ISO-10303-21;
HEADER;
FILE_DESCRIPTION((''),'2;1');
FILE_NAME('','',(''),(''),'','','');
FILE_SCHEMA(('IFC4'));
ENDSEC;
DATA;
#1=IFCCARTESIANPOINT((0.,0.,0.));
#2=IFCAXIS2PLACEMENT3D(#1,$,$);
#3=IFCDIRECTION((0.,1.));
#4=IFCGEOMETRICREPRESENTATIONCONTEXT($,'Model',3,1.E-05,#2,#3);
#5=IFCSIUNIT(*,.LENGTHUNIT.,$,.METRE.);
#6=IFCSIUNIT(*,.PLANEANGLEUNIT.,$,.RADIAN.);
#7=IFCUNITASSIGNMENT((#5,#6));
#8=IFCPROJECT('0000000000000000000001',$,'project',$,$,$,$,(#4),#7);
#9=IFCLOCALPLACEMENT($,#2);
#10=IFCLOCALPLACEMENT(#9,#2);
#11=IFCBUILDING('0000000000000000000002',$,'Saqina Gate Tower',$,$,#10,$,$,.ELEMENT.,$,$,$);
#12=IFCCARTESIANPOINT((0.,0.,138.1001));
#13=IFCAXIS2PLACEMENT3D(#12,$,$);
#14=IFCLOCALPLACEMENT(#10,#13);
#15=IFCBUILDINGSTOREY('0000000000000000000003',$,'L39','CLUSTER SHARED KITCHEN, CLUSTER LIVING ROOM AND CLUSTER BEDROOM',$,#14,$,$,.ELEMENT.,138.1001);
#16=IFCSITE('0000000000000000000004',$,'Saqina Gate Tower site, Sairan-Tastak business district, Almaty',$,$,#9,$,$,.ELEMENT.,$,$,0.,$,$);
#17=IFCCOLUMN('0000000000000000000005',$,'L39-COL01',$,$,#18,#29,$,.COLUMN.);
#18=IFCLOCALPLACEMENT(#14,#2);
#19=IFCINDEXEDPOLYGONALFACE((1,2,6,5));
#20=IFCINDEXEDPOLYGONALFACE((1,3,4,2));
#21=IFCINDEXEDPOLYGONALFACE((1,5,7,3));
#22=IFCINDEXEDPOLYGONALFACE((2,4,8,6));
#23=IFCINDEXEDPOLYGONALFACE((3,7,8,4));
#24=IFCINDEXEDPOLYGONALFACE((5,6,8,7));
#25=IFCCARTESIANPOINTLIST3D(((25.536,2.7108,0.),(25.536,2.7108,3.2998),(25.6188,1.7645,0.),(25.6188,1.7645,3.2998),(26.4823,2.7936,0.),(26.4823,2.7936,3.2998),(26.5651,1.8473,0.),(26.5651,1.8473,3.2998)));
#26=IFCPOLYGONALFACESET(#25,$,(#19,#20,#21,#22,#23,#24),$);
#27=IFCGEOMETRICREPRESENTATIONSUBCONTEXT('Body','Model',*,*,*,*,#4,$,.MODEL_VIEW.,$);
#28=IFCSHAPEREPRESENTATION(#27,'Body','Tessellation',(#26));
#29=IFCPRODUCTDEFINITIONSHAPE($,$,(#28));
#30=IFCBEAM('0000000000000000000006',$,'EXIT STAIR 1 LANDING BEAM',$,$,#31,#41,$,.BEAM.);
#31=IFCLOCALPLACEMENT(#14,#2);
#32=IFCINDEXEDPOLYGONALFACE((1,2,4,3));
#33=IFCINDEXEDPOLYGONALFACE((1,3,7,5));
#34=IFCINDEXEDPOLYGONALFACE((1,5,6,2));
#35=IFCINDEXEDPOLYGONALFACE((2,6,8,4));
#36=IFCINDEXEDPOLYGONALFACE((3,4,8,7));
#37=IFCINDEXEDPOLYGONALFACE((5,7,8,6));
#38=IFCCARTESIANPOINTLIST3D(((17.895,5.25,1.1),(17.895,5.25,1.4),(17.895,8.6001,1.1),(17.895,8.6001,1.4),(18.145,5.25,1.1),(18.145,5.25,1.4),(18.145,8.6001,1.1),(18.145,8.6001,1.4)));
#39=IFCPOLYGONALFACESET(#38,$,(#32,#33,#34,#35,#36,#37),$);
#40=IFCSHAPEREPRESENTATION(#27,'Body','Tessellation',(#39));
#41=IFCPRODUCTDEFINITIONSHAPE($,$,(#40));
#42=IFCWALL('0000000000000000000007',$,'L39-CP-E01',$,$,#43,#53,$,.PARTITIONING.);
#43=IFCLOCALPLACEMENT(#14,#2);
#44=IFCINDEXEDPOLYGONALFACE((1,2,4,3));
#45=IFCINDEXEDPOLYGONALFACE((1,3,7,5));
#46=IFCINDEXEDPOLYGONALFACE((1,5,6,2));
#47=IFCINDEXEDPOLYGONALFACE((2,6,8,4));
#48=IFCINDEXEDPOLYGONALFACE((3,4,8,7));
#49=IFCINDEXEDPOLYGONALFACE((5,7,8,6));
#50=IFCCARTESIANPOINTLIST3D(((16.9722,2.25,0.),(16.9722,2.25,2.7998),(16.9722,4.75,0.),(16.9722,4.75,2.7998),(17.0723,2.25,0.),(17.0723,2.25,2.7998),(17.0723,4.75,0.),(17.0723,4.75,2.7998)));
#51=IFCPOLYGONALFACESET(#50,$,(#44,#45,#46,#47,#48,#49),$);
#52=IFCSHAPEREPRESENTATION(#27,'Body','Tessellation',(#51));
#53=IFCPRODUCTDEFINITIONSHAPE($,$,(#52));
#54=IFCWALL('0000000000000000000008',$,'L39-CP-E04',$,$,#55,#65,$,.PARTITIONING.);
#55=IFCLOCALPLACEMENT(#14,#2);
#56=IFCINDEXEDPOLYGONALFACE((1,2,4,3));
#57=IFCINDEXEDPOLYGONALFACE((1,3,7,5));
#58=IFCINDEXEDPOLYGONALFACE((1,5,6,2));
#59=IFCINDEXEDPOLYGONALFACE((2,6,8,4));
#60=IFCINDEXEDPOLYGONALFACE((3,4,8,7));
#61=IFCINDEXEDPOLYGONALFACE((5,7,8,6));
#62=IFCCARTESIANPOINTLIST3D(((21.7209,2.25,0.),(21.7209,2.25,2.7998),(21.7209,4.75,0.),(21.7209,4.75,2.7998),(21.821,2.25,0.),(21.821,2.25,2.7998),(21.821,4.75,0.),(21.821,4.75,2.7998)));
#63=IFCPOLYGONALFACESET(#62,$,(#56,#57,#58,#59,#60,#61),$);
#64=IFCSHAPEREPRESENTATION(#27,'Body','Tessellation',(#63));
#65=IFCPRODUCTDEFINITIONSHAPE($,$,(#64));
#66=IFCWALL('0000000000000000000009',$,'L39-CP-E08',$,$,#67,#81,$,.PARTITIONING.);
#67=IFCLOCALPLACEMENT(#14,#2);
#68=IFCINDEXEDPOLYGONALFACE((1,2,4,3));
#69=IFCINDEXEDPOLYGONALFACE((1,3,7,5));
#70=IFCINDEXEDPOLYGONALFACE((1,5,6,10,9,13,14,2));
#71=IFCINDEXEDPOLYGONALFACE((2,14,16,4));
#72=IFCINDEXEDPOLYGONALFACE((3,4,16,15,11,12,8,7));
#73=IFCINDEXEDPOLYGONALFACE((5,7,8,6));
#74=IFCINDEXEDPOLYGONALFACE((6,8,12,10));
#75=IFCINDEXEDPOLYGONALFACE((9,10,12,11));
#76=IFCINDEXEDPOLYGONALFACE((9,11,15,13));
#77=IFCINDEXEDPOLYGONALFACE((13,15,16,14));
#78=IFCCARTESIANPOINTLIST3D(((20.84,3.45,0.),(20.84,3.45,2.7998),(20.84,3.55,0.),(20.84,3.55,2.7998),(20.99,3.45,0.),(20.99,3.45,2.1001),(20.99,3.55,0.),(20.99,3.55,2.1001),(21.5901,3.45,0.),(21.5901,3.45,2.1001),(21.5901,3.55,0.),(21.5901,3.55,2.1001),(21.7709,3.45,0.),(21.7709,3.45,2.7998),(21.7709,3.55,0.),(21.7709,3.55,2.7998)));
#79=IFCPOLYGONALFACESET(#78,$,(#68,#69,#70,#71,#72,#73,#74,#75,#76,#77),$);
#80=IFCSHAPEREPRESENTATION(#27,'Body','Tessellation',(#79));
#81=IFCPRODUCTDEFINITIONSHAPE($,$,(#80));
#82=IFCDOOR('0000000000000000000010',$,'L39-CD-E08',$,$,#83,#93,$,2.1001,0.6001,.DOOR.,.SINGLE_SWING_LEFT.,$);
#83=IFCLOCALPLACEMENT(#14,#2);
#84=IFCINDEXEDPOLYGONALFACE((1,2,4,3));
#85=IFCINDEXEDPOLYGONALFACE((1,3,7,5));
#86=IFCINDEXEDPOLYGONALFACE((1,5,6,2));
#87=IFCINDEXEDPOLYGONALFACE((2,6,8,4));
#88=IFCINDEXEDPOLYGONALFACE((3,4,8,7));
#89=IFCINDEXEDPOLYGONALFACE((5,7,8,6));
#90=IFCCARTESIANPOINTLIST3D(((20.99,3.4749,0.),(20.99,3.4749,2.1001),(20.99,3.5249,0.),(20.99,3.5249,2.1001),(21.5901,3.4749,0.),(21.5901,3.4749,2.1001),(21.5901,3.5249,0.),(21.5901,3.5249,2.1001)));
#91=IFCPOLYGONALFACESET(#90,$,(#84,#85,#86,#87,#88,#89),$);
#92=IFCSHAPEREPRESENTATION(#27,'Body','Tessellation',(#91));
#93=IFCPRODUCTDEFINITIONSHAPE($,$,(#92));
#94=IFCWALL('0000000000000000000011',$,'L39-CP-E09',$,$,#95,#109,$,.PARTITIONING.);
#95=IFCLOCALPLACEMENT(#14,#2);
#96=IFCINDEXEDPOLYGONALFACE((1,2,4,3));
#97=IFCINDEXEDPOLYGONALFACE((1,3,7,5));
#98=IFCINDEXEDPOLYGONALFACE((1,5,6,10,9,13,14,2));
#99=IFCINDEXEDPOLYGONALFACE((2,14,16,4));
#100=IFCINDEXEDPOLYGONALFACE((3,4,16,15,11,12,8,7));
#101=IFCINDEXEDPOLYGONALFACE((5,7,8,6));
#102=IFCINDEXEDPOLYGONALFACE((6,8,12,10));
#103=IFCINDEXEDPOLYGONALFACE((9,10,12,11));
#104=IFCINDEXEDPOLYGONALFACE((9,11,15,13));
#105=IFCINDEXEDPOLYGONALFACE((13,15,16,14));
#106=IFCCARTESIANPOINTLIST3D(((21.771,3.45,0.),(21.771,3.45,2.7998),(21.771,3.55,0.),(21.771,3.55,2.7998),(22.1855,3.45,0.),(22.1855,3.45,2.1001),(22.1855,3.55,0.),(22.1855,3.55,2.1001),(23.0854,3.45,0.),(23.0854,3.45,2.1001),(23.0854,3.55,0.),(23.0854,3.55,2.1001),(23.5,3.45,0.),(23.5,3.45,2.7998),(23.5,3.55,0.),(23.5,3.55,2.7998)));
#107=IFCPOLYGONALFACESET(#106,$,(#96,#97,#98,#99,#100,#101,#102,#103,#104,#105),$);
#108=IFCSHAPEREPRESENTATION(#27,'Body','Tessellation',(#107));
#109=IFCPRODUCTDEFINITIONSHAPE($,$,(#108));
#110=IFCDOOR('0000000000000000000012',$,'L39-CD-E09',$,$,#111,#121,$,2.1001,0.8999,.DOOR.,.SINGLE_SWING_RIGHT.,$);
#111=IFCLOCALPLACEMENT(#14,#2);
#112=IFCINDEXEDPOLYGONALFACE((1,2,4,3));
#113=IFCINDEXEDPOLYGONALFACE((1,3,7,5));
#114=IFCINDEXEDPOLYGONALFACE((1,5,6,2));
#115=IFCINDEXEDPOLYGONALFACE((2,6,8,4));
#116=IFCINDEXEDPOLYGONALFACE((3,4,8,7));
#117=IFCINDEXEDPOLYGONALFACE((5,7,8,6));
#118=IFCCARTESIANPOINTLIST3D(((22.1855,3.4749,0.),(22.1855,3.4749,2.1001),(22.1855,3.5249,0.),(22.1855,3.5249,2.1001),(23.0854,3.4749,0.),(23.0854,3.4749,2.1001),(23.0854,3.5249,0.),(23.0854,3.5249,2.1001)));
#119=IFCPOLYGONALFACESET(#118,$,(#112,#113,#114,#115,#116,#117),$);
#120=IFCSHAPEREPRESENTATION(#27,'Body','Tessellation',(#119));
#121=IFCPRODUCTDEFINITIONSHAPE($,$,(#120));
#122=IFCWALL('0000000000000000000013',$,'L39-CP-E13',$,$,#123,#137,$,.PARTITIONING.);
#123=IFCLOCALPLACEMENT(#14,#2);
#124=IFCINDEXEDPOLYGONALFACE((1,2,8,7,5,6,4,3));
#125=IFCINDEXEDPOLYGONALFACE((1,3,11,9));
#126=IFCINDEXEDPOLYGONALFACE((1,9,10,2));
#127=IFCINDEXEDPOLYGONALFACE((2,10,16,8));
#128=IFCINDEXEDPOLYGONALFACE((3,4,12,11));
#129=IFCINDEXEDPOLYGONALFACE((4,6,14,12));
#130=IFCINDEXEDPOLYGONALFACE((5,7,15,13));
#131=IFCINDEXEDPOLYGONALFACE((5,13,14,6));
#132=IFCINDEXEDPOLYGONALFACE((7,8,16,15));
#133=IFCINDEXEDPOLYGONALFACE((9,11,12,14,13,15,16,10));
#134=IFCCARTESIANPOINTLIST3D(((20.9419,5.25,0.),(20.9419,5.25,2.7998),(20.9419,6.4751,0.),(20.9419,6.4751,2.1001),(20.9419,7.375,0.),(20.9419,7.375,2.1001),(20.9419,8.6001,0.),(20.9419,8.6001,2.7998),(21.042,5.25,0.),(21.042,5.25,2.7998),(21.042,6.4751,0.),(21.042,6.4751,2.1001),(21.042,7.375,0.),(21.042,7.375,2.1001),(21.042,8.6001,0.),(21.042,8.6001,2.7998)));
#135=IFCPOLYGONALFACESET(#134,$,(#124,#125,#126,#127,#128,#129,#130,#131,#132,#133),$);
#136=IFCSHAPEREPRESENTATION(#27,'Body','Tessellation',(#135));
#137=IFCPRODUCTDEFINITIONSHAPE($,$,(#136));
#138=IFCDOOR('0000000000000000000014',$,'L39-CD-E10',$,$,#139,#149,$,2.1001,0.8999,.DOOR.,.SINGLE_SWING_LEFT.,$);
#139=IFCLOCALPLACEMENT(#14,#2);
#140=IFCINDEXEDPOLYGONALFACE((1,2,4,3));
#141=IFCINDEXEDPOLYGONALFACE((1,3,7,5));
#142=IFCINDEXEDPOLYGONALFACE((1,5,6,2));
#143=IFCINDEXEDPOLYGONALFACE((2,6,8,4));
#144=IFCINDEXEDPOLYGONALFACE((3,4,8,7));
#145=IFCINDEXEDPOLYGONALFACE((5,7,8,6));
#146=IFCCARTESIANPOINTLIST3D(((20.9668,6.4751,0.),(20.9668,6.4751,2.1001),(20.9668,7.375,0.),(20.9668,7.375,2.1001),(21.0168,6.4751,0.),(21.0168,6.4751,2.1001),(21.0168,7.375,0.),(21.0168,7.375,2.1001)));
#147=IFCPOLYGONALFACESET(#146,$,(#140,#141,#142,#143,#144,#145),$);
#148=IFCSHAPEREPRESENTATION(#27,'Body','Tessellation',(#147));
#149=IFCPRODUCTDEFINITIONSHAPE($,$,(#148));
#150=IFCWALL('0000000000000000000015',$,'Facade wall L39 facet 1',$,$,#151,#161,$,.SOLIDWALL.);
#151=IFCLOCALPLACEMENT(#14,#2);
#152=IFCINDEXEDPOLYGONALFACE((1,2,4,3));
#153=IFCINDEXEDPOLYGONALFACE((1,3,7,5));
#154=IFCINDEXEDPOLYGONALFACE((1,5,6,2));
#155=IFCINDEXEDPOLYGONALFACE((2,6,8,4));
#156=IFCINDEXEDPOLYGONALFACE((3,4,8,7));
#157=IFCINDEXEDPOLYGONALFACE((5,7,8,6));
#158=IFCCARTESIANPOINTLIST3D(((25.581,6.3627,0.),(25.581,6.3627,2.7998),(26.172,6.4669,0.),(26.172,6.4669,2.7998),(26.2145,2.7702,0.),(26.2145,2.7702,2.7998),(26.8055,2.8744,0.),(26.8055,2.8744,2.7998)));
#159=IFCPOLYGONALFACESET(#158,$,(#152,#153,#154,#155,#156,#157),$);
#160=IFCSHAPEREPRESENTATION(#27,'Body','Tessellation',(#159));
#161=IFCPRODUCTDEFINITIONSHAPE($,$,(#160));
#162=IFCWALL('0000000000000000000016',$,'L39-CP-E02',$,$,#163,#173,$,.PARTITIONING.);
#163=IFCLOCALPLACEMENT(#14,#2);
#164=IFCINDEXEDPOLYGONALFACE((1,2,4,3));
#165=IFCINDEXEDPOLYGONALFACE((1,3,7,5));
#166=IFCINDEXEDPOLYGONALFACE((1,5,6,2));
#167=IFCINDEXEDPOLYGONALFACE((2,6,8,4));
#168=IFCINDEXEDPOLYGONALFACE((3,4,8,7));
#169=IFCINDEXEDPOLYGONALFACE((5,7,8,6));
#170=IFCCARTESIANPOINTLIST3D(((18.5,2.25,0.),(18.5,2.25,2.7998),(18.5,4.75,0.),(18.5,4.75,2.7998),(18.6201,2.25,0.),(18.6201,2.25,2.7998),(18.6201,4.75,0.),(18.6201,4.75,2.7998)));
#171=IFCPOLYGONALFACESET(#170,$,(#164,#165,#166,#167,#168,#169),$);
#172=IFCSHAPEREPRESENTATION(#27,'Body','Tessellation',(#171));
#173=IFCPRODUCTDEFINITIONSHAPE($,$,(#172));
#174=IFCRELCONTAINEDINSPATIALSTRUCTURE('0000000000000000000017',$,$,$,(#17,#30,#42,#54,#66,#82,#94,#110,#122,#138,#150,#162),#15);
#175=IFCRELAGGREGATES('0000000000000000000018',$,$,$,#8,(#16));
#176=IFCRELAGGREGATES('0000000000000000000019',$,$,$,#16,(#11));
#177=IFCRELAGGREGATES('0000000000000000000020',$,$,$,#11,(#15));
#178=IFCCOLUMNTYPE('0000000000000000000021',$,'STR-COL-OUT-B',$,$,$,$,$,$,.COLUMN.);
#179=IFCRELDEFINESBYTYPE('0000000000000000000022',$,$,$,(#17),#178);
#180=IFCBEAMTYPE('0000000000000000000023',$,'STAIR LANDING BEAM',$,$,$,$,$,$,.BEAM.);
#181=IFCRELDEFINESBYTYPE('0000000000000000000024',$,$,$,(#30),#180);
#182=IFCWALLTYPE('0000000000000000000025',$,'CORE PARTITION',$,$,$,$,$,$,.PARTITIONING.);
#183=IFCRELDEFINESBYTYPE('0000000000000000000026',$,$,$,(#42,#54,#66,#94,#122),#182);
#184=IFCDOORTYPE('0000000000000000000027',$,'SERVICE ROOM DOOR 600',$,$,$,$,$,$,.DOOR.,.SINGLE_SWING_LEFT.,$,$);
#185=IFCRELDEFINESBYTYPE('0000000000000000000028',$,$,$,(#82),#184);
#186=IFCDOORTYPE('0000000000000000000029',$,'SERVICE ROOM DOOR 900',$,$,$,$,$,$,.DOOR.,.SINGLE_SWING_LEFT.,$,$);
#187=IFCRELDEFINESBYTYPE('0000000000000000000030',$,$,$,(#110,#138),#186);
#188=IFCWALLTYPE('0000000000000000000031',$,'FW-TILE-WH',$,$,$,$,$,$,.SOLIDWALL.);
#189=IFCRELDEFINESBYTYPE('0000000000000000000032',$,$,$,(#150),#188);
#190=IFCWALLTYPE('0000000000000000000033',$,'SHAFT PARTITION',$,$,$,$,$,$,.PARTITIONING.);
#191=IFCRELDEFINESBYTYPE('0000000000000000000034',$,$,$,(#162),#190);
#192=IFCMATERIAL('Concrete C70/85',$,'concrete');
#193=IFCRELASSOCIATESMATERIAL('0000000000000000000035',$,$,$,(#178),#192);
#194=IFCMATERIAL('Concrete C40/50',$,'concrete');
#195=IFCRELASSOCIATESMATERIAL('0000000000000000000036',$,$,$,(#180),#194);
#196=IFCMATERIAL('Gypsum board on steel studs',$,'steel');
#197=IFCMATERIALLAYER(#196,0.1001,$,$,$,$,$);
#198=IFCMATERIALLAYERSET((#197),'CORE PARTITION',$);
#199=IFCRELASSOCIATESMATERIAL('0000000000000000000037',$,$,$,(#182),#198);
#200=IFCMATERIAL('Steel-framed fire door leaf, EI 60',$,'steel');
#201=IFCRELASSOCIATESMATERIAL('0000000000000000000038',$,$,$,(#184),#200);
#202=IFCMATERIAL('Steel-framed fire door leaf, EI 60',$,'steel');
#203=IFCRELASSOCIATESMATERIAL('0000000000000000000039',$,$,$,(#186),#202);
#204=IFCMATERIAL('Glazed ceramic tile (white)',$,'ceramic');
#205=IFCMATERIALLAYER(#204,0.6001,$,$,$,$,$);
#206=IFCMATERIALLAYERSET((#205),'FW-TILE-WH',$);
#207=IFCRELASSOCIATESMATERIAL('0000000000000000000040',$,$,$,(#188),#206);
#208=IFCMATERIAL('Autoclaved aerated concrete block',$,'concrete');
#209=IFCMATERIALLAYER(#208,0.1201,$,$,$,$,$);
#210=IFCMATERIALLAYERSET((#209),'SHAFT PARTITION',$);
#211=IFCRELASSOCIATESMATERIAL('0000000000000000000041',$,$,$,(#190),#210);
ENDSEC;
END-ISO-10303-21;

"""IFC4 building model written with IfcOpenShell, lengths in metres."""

from ifc_helpers import new_model, si_unit, direction, frame, frame_2d, origin, origin_2d, place, context, subcontext, project, spatial, rectangle, extrude, material, layer, layer_set, material_profile, profile_set, type_object, element, fill, save


model = new_model("IFC4")

# Units and contexts
model_context = context("Model", 3, precision=1e-05, world=origin(), true_north=direction((0.0, 1.0)))
body_context = subcontext(model_context, "Body", "Model", "MODEL_VIEW")
ifc_project = project(units=[si_unit("LENGTHUNIT", "METRE"), si_unit("PLANEANGLEUNIT", "RADIAN")], contexts=[model_context])

# Site, building, storey
site_placement = place(None, origin())
site = spatial("IfcSite", under=ifc_project, at=site_placement, Name="Saqina Gate Tower site, Sairan-Tastak business district, Almaty", CompositionType="ELEMENT", RefElevation=0.0)
building_placement = place(site_placement, origin())
building = spatial("IfcBuilding", under=site, at=building_placement, Name="Saqina Gate Tower", CompositionType="ELEMENT")
storey_placement = place(building_placement, frame((0.0, 0.0, 138.1001)))
storey = spatial("IfcBuildingStorey", under=building, at=storey_placement, Name="L39", Description="CLUSTER SHARED KITCHEN, CLUSTER LIVING ROOM AND CLUSTER BEDROOM", CompositionType="ELEMENT", Elevation=138.1001)

# Column
ifc_material_1 = material(Name="Concrete C70/85", Category="concrete")
ifc_material_profile_1 = material_profile(ifc_material_1, rectangle(XDim=0.95, YDim=0.95, at=origin_2d()), Name="RC 950x950")
ifc_profile_set_1 = profile_set([ifc_material_profile_1], Name="Concrete C70/85")
column_type = type_object("IfcColumnType", Name="STR-COL-OUT-B", PredefinedType="COLUMN", material=ifc_profile_set_1)
column_placement = place(storey_placement, frame((26.0505, 2.2791, 0.0), z_axis=(0.0, 0.0, 1.0), x_axis=(0.996195, 0.087156, 0.0)))
element("IfcColumn", 1, at=column_placement, inside=storey, type_object=column_type, Name="L39-COL01", PredefinedType="COLUMN", context=body_context, shape_type="SweptSolid", body=[
    extrude(rectangle(XDim=0.95, YDim=0.95, at=origin_2d()), origin(), (0.0, 0.0, 1.0), 3.2998),
])

# Beam
ifc_material_2 = material(Name="Concrete C40/50", Category="concrete")
ifc_material_profile_2 = material_profile(ifc_material_2, rectangle(XDim=0.25, YDim=0.3, at=origin_2d()), Name="STAIR LANDING BEAM")
ifc_profile_set_2 = profile_set([ifc_material_profile_2], Name="Concrete C40/50")
beam_type = type_object("IfcBeamType", Name="STAIR LANDING BEAM", PredefinedType="BEAM", material=ifc_profile_set_2)
beam_placement = place(storey_placement, frame((18.02, 5.25, 1.25), z_axis=(0.0, 1.0, 0.0), x_axis=(-1.0, 0.0, 0.0)))
element("IfcBeam", 2, at=beam_placement, inside=storey, type_object=beam_type, Name="EXIT STAIR 1 LANDING BEAM", PredefinedType="BEAM", context=body_context, shape_type="SweptSolid", body=[
    extrude(rectangle(XDim=0.25, YDim=0.3, at=origin_2d()), origin(), (0.0, 0.0, 1.0), 3.3501),
])

# Walls
ifc_material_3 = material(Name="Gypsum board on steel studs", Category="steel")
ifc_layer_1 = layer(ifc_material_3, 0.1001)
ifc_layer_set_1 = layer_set([ifc_layer_1], Name="CORE PARTITION")
wall_type_1 = type_object("IfcWallType", Name="CORE PARTITION", PredefinedType="PARTITIONING", material=ifc_layer_set_1)
for number, where, z_axis, x_axis, name in (
    (3, (17.0222, 2.25, 0.0), (0.0, 0.0, 1.0), (0.0, 1.0, 0.0), "L39-CP-E01"),
    (4, (21.771, 2.25, 0.0), (0.0, 0.0, 1.0), (0.0, 1.0, 0.0), "L39-CP-E04"),
):
    element("IfcWall", number, at=place(storey_placement, frame(where, z_axis=z_axis, x_axis=x_axis)), inside=storey, type_object=wall_type_1, Name=name, PredefinedType="PARTITIONING", context=body_context, shape_type="SweptSolid", body=[
        extrude(rectangle(XDim=2.5, YDim=0.1001, at=frame_2d((1.25, 0.0))), origin(), (0.0, 0.0, 1.0), 2.7998),
    ])

# Walls, openings, doors
wall_1_placement = place(storey_placement, frame((20.8401, 3.5, 0.0), z_axis=(0.0, 0.0, 1.0), x_axis=(1.0, 0.0, 0.0)))
wall_1 = element("IfcWall", 5, at=wall_1_placement, inside=storey, type_object=wall_type_1, Name="L39-CP-E08", PredefinedType="PARTITIONING", context=body_context, shape_type="SweptSolid", body=[
    extrude(rectangle(XDim=0.9309, YDim=0.1001, at=frame_2d((0.4653, 0.0))), origin(), (0.0, 0.0, 1.0), 2.7998),
])
opening_1_placement = place(wall_1_placement, frame((0.1499, 0.0, 0.0)))
opening_1 = element("IfcOpeningElement", 6, at=opening_1_placement, cuts=wall_1, PredefinedType="OPENING", context=body_context, shape_type="SweptSolid", body=[
    extrude(rectangle(XDim=0.6001, YDim=2.1001, at=frame_2d((0.3, 1.05))), frame((0.0, 0.062, 0.0), z_axis=(0.0, -1.0, 0.0), x_axis=(1.0, 0.0, 0.0)), (0.0, 0.0, 1.0), 0.124),
])
ifc_material_4 = material(Name="Steel-framed fire door leaf, EI 60", Category="steel")
door_type_1 = type_object("IfcDoorType", Name="SERVICE ROOM DOOR 600", OperationType="SINGLE_SWING_LEFT", PredefinedType="DOOR", material=ifc_material_4)
door_1_placement = place(opening_1_placement, origin())
door_1 = element("IfcDoor", 7, at=door_1_placement, inside=storey, type_object=door_type_1, Name="L39-CD-E08", OperationType="SINGLE_SWING_LEFT", OverallHeight=2.1001, OverallWidth=0.6001, PredefinedType="DOOR", context=body_context, shape_type="SweptSolid", body=[
    extrude(rectangle(XDim=0.6001, YDim=2.1001, at=frame_2d((0.3, 1.05))), frame((0.0, 0.0249, 0.0), z_axis=(0.0, -1.0, 0.0), x_axis=(1.0, 0.0, 0.0)), (0.0, 0.0, 1.0), 0.05),
])
fill(opening_1, door_1)
wall_2_placement = place(storey_placement, frame((21.771, 3.5, 0.0), z_axis=(0.0, 0.0, 1.0), x_axis=(1.0, 0.0, 0.0)))
wall_2 = element("IfcWall", 8, at=wall_2_placement, inside=storey, type_object=wall_type_1, Name="L39-CP-E09", PredefinedType="PARTITIONING", context=body_context, shape_type="SweptSolid", body=[
    extrude(rectangle(XDim=1.729, YDim=0.1001, at=frame_2d((0.8645, 0.0))), origin(), (0.0, 0.0, 1.0), 2.7998),
])
opening_2_placement = place(wall_2_placement, frame((0.4146, 0.0, 0.0)))
opening_2 = element("IfcOpeningElement", 9, at=opening_2_placement, cuts=wall_2, PredefinedType="OPENING", context=body_context, shape_type="SweptSolid", body=[
    extrude(rectangle(XDim=0.8999, YDim=2.1001, at=frame_2d((0.45, 1.05))), frame((0.0, 0.062, 0.0), z_axis=(0.0, -1.0, 0.0), x_axis=(1.0, 0.0, 0.0)), (0.0, 0.0, 1.0), 0.124),
])
ifc_material_5 = material(Name="Steel-framed fire door leaf, EI 60", Category="steel")
door_type_2 = type_object("IfcDoorType", Name="SERVICE ROOM DOOR 900", OperationType="SINGLE_SWING_LEFT", PredefinedType="DOOR", material=ifc_material_5)
door_2_placement = place(opening_2_placement, origin())
door_2 = element("IfcDoor", 10, at=door_2_placement, inside=storey, type_object=door_type_2, Name="L39-CD-E09", OperationType="SINGLE_SWING_RIGHT", OverallHeight=2.1001, OverallWidth=0.8999, PredefinedType="DOOR", context=body_context, shape_type="SweptSolid", body=[
    extrude(rectangle(XDim=0.8999, YDim=2.1001, at=frame_2d((0.45, 1.05))), frame((0.0, 0.0249, 0.0), z_axis=(0.0, -1.0, 0.0), x_axis=(1.0, 0.0, 0.0)), (0.0, 0.0, 1.0), 0.05),
])
fill(opening_2, door_2)
wall_3_placement = place(storey_placement, frame((20.9919, 5.25, 0.0), z_axis=(0.0, 0.0, 1.0), x_axis=(0.0, 1.0, 0.0)))
wall_3 = element("IfcWall", 11, at=wall_3_placement, inside=storey, type_object=wall_type_1, Name="L39-CP-E13", PredefinedType="PARTITIONING", context=body_context, shape_type="SweptSolid", body=[
    extrude(rectangle(XDim=3.3501, YDim=0.1001, at=frame_2d((1.675, 0.0))), origin(), (0.0, 0.0, 1.0), 2.7998),
])
opening_3_placement = place(wall_3_placement, frame((1.2251, 0.0, 0.0)))
opening_3 = element("IfcOpeningElement", 12, at=opening_3_placement, cuts=wall_3, PredefinedType="OPENING", context=body_context, shape_type="SweptSolid", body=[
    extrude(rectangle(XDim=0.8999, YDim=2.1001, at=frame_2d((0.45, 1.05))), frame((0.0, 0.062, 0.0), z_axis=(0.0, -1.0, 0.0), x_axis=(1.0, 0.0, 0.0)), (0.0, 0.0, 1.0), 0.124),
])
door_3_placement = place(opening_3_placement, frame((0.8999, 0.0, 0.0), z_axis=(0.0, 0.0, 1.0), x_axis=(-1.0, 0.0, 0.0)))
door_3 = element("IfcDoor", 13, at=door_3_placement, inside=storey, type_object=door_type_2, Name="L39-CD-E10", OperationType="SINGLE_SWING_LEFT", OverallHeight=2.1001, OverallWidth=0.8999, PredefinedType="DOOR", context=body_context, shape_type="SweptSolid", body=[
    extrude(rectangle(XDim=0.8999, YDim=2.1001, at=frame_2d((0.45, 1.05))), frame((0.0, 0.0249, 0.0), z_axis=(0.0, -1.0, 0.0), x_axis=(1.0, 0.0, 0.0)), (0.0, 0.0, 1.0), 0.05),
])
fill(opening_3, door_3)

# Walls
ifc_material_6 = material(Name="Glazed ceramic tile (white)", Category="ceramic")
ifc_layer_2 = layer(ifc_material_6, 0.6001)
ifc_layer_set_2 = layer_set([ifc_layer_2], Name="FW-TILE-WH")
wall_type_2 = type_object("IfcWallType", Name="FW-TILE-WH", PredefinedType="SOLIDWALL", material=ifc_layer_set_2)
wall_4_placement = place(storey_placement, frame((26.51, 2.8223, 0.0), z_axis=(0.0, 0.0, 1.0), x_axis=(-0.173671, 0.984804, 0.0)))
element("IfcWall", 14, at=wall_4_placement, inside=storey, type_object=wall_type_2, Name="Facade wall L39 facet 1", PredefinedType="SOLIDWALL", context=body_context, shape_type="SweptSolid", body=[
    extrude(rectangle(XDim=3.6479, YDim=0.6001, at=frame_2d((1.824, 0.0))), origin(), (0.0, 0.0, 1.0), 2.7998),
])
ifc_material_7 = material(Name="Autoclaved aerated concrete block", Category="concrete")
ifc_layer_3 = layer(ifc_material_7, 0.1201)
ifc_layer_set_3 = layer_set([ifc_layer_3], Name="SHAFT PARTITION")
wall_type_3 = type_object("IfcWallType", Name="SHAFT PARTITION", PredefinedType="PARTITIONING", material=ifc_layer_set_3)
for number, where, z_axis, x_axis, name in (
    (15, (18.5601, 2.25, 0.0), (0.0, 0.0, 1.0), (0.0, 1.0, 0.0), "L39-CP-E02"),
):
    element("IfcWall", number, at=place(storey_placement, frame(where, z_axis=z_axis, x_axis=x_axis)), inside=storey, type_object=wall_type_3, Name=name, PredefinedType="PARTITIONING", context=body_context, shape_type="SweptSolid", body=[
        extrude(rectangle(XDim=2.5, YDim=0.1201, at=frame_2d((1.25, 0.0))), origin(), (0.0, 0.0, 1.0), 2.7998),
    ])

save(model, "model.ifc")
